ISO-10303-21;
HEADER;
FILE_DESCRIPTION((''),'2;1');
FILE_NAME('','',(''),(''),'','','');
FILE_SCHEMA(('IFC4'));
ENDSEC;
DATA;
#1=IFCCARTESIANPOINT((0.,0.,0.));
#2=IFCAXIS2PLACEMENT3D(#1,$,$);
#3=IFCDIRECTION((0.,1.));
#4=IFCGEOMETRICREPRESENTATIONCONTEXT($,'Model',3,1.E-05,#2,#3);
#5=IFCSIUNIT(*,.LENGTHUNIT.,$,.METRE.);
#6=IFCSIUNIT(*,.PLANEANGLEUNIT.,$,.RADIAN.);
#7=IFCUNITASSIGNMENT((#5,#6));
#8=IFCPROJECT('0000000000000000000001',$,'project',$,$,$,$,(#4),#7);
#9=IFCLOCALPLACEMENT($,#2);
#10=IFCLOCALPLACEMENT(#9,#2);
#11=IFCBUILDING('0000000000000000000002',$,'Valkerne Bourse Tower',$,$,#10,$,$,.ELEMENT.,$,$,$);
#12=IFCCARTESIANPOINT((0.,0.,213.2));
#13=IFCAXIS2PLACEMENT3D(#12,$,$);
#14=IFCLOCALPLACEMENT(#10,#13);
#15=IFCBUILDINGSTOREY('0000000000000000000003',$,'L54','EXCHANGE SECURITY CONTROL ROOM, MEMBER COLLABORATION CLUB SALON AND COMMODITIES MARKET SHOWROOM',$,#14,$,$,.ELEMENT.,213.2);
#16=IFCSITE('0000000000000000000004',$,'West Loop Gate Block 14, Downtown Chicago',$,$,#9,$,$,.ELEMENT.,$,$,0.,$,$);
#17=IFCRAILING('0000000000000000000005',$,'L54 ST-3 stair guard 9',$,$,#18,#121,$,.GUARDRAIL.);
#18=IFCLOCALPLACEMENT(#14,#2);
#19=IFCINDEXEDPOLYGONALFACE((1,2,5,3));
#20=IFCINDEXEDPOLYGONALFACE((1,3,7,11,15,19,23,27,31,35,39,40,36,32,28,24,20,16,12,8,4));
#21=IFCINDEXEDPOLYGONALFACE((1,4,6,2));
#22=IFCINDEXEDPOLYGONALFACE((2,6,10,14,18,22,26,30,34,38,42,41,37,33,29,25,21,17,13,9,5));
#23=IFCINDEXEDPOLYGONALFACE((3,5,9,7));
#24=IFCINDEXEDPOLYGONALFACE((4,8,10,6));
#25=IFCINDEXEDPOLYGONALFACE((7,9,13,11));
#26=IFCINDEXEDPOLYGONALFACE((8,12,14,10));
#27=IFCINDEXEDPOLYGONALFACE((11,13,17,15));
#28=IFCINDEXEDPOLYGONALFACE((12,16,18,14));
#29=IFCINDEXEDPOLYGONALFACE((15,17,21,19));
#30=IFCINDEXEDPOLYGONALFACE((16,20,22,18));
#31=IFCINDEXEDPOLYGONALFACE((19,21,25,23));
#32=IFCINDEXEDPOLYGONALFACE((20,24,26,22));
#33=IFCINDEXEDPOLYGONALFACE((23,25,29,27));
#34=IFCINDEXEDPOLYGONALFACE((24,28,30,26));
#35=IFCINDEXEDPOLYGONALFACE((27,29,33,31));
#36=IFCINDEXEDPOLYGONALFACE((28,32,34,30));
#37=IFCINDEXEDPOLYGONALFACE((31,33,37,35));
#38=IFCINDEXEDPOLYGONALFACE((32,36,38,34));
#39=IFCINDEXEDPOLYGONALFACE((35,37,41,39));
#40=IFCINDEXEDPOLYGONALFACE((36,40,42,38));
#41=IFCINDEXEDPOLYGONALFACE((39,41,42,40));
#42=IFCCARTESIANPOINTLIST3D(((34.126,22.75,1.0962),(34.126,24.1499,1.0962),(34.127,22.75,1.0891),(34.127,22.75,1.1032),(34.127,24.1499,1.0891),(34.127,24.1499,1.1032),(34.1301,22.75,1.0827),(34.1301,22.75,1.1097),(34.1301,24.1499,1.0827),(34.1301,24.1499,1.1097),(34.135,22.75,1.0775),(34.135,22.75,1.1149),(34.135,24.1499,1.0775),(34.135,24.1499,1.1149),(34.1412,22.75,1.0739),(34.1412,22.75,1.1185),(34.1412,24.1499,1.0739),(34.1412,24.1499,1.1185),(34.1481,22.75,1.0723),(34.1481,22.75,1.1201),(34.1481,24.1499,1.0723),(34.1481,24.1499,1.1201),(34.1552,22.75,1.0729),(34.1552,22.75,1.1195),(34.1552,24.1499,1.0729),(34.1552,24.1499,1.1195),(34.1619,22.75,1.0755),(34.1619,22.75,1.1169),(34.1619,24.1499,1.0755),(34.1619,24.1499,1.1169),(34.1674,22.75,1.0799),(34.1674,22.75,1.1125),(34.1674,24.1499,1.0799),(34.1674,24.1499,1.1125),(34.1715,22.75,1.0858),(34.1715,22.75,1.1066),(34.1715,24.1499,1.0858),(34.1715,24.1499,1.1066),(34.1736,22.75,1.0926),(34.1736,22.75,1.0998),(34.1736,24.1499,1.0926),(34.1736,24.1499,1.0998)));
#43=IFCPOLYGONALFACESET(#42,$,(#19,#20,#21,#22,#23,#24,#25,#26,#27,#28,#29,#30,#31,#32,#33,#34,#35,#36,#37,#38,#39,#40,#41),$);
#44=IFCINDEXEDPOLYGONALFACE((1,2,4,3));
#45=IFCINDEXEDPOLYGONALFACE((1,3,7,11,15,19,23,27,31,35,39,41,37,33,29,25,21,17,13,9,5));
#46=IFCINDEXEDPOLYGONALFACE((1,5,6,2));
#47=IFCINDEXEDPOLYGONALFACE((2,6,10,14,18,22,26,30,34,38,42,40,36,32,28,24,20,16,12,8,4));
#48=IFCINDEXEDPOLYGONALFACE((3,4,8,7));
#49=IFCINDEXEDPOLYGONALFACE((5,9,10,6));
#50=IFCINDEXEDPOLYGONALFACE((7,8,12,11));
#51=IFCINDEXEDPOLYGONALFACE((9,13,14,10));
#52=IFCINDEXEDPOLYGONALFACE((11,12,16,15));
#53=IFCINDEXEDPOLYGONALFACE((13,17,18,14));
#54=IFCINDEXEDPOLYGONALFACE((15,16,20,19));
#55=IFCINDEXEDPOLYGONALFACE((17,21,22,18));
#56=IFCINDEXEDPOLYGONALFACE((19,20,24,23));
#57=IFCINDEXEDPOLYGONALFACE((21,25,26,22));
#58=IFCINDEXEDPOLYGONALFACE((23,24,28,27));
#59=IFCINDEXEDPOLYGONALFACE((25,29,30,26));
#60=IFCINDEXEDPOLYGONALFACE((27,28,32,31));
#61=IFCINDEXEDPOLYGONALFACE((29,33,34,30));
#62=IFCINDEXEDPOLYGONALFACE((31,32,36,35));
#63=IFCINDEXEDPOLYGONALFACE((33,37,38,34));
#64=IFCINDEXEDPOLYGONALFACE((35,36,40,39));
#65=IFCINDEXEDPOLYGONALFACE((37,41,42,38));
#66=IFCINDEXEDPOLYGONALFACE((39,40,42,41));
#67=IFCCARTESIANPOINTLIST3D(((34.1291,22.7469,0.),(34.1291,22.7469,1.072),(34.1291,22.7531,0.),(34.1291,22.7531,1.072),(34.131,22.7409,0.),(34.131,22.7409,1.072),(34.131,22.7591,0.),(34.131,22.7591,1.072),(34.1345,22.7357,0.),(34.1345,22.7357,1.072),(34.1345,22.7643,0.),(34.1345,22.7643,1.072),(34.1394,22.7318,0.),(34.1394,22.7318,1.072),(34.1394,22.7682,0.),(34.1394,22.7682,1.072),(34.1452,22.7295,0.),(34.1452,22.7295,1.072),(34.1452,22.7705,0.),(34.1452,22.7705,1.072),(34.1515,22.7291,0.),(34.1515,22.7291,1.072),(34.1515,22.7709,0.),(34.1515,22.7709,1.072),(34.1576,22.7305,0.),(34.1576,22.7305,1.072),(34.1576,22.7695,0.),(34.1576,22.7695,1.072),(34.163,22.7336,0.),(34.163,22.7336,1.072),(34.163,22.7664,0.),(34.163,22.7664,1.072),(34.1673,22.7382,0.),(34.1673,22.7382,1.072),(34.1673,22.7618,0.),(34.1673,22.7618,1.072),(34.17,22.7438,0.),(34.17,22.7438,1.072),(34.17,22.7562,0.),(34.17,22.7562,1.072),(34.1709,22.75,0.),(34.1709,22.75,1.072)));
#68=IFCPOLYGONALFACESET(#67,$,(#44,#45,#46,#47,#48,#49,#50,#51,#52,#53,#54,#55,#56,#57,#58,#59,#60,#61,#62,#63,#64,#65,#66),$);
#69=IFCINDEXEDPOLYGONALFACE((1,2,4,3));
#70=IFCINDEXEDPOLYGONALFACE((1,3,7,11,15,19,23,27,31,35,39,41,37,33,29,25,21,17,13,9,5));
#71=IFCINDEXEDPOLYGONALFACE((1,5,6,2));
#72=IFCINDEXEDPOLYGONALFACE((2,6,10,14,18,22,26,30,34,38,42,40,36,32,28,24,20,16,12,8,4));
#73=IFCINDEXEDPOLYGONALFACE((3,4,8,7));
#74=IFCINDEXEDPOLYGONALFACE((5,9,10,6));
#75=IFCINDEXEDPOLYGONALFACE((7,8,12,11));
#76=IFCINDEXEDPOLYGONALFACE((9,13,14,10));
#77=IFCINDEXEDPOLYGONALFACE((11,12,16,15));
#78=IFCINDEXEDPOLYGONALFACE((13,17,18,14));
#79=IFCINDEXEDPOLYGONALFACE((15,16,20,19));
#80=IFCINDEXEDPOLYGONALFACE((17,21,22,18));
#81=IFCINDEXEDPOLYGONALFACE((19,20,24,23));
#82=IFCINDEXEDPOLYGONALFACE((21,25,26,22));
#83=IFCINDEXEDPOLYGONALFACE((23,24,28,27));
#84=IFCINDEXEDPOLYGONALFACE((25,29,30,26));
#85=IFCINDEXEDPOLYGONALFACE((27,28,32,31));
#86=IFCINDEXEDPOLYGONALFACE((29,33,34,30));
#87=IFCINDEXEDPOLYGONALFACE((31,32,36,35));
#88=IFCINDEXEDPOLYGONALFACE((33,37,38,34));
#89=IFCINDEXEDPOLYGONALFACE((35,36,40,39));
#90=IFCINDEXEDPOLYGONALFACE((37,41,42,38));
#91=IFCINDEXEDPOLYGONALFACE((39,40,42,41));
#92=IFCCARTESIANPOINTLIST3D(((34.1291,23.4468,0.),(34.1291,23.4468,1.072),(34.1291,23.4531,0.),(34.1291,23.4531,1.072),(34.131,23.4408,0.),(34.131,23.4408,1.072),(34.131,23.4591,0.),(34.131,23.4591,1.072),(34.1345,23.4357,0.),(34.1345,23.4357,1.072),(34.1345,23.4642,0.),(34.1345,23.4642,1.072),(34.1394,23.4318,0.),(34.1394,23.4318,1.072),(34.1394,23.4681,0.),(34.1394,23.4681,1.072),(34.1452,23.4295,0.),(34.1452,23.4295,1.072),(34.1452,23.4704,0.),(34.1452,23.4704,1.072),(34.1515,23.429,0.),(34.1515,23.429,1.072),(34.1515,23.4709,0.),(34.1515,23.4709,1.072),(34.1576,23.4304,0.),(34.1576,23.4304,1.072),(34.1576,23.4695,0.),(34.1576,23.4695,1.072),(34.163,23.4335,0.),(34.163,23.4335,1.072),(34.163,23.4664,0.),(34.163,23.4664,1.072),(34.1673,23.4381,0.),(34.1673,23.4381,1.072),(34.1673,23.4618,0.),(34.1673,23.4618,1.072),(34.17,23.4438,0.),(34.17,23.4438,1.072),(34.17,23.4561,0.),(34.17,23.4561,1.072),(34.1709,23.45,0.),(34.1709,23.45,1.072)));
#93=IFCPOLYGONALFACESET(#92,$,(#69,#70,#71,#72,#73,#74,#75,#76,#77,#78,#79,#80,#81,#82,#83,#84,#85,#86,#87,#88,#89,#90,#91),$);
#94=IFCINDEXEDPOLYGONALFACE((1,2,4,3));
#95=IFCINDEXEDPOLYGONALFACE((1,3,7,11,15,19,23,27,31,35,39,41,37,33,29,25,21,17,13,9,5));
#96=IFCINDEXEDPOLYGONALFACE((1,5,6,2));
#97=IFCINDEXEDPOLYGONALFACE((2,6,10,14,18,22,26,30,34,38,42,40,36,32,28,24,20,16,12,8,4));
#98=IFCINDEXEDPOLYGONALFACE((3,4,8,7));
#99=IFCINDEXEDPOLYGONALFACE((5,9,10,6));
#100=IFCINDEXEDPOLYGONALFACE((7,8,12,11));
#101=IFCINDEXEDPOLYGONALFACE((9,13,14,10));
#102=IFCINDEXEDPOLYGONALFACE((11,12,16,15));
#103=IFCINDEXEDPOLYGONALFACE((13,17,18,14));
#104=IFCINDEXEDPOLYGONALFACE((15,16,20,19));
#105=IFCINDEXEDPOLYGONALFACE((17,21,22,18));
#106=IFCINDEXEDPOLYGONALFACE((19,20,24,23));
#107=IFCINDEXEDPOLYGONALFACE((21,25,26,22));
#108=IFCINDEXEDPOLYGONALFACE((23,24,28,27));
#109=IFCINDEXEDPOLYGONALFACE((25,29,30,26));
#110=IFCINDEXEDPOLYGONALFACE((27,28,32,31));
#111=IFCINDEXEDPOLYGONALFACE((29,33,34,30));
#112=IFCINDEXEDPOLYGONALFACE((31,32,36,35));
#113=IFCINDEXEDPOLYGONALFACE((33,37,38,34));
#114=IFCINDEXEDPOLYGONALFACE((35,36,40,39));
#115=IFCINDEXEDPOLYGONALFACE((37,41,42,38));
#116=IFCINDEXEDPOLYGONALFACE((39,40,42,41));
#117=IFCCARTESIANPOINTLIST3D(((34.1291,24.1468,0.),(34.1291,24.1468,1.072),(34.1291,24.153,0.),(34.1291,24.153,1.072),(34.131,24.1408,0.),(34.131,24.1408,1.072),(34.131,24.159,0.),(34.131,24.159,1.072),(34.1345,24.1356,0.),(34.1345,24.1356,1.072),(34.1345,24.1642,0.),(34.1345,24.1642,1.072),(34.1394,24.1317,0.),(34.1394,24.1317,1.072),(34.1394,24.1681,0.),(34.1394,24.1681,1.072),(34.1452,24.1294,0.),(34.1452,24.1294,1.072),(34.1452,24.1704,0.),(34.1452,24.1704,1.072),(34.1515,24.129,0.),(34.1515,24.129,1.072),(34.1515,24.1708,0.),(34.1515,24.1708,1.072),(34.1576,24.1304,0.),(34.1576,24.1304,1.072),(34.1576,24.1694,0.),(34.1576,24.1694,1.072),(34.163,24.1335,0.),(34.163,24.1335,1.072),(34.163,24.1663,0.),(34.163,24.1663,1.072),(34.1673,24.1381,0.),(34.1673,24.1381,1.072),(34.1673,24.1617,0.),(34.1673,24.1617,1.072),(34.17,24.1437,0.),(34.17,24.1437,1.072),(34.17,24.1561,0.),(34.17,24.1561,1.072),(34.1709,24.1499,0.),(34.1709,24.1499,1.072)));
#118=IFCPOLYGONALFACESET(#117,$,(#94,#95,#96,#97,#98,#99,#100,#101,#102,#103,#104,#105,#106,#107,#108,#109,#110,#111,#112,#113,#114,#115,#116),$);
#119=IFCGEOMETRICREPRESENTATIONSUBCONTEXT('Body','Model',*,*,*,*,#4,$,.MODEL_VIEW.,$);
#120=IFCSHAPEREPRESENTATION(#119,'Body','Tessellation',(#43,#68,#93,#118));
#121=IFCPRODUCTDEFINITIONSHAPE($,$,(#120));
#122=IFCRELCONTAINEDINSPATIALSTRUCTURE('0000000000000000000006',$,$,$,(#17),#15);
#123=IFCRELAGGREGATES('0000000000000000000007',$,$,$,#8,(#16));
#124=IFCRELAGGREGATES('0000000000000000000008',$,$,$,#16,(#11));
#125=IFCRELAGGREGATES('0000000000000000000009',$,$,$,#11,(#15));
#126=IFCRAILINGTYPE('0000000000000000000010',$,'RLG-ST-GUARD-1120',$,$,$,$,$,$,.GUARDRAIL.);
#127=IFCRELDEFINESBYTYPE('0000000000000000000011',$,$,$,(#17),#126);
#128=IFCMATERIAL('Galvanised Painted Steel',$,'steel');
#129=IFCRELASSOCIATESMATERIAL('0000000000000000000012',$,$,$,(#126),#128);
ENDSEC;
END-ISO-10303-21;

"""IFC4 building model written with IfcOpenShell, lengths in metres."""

from ifc_helpers import new_model, si_unit, direction, frame, origin, origin_2d, place, context, subcontext, project, spatial, circle, extrude, material, type_object, element, save


model = new_model("IFC4")

# Units and contexts
model_context = context("Model", 3, precision=1e-05, world=origin(), true_north=direction((0.0, 1.0)))
body_context = subcontext(model_context, "Body", "Model", "MODEL_VIEW")
ifc_project = project(units=[si_unit("LENGTHUNIT", "METRE"), si_unit("PLANEANGLEUNIT", "RADIAN")], contexts=[model_context])

# Site, building, storey
site_placement = place(None, origin())
site = spatial("IfcSite", under=ifc_project, at=site_placement, Name="West Loop Gate Block 14, Downtown Chicago", CompositionType="ELEMENT", RefElevation=0.0)
building_placement = place(site_placement, origin())
building = spatial("IfcBuilding", under=site, at=building_placement, Name="Valkerne Bourse Tower", CompositionType="ELEMENT")
storey_placement = place(building_placement, frame((0.0, 0.0, 213.2)))
storey = spatial("IfcBuildingStorey", under=building, at=storey_placement, Name="L54", Description="EXCHANGE SECURITY CONTROL ROOM, MEMBER COLLABORATION CLUB SALON AND COMMODITIES MARKET SHOWROOM", CompositionType="ELEMENT", Elevation=213.2)

# Shared definitions
ifc_material_1 = material(Name="Galvanised Painted Steel", Category="steel")

# Railing
railing_type_1 = type_object("IfcRailingType", Name="RLG-ST-GUARD-1120", PredefinedType="GUARDRAIL", material=ifc_material_1)
railing_1_placement = place(storey_placement, frame((34.1499, 22.75, 0.0)))
element("IfcRailing", 1, at=railing_1_placement, inside=storey, type_object=railing_type_1, Name="L54 ST-3 stair guard 9", PredefinedType="GUARDRAIL", context=body_context, shape_type="SweptSolid", body=[
    extrude(circle(Radius=0.0239, at=origin_2d()), frame((0.0, 0.0, 1.0962), z_axis=(0.0, 1.0, 0.0), x_axis=(-1.0, 0.0, 0.0)), (0.0, 0.0, 1.0), 1.3999),
    extrude(circle(Radius=0.021, at=origin_2d()), origin(), (0.0, 0.0, 1.0), 1.072),
    extrude(circle(Radius=0.021, at=origin_2d()), frame((0.0, 0.7, 0.0)), (0.0, 0.0, 1.0), 1.072),
    extrude(circle(Radius=0.021, at=origin_2d()), frame((0.0, 1.3999, 0.0)), (0.0, 0.0, 1.0), 1.072),
])

save(model, "model.ifc")
